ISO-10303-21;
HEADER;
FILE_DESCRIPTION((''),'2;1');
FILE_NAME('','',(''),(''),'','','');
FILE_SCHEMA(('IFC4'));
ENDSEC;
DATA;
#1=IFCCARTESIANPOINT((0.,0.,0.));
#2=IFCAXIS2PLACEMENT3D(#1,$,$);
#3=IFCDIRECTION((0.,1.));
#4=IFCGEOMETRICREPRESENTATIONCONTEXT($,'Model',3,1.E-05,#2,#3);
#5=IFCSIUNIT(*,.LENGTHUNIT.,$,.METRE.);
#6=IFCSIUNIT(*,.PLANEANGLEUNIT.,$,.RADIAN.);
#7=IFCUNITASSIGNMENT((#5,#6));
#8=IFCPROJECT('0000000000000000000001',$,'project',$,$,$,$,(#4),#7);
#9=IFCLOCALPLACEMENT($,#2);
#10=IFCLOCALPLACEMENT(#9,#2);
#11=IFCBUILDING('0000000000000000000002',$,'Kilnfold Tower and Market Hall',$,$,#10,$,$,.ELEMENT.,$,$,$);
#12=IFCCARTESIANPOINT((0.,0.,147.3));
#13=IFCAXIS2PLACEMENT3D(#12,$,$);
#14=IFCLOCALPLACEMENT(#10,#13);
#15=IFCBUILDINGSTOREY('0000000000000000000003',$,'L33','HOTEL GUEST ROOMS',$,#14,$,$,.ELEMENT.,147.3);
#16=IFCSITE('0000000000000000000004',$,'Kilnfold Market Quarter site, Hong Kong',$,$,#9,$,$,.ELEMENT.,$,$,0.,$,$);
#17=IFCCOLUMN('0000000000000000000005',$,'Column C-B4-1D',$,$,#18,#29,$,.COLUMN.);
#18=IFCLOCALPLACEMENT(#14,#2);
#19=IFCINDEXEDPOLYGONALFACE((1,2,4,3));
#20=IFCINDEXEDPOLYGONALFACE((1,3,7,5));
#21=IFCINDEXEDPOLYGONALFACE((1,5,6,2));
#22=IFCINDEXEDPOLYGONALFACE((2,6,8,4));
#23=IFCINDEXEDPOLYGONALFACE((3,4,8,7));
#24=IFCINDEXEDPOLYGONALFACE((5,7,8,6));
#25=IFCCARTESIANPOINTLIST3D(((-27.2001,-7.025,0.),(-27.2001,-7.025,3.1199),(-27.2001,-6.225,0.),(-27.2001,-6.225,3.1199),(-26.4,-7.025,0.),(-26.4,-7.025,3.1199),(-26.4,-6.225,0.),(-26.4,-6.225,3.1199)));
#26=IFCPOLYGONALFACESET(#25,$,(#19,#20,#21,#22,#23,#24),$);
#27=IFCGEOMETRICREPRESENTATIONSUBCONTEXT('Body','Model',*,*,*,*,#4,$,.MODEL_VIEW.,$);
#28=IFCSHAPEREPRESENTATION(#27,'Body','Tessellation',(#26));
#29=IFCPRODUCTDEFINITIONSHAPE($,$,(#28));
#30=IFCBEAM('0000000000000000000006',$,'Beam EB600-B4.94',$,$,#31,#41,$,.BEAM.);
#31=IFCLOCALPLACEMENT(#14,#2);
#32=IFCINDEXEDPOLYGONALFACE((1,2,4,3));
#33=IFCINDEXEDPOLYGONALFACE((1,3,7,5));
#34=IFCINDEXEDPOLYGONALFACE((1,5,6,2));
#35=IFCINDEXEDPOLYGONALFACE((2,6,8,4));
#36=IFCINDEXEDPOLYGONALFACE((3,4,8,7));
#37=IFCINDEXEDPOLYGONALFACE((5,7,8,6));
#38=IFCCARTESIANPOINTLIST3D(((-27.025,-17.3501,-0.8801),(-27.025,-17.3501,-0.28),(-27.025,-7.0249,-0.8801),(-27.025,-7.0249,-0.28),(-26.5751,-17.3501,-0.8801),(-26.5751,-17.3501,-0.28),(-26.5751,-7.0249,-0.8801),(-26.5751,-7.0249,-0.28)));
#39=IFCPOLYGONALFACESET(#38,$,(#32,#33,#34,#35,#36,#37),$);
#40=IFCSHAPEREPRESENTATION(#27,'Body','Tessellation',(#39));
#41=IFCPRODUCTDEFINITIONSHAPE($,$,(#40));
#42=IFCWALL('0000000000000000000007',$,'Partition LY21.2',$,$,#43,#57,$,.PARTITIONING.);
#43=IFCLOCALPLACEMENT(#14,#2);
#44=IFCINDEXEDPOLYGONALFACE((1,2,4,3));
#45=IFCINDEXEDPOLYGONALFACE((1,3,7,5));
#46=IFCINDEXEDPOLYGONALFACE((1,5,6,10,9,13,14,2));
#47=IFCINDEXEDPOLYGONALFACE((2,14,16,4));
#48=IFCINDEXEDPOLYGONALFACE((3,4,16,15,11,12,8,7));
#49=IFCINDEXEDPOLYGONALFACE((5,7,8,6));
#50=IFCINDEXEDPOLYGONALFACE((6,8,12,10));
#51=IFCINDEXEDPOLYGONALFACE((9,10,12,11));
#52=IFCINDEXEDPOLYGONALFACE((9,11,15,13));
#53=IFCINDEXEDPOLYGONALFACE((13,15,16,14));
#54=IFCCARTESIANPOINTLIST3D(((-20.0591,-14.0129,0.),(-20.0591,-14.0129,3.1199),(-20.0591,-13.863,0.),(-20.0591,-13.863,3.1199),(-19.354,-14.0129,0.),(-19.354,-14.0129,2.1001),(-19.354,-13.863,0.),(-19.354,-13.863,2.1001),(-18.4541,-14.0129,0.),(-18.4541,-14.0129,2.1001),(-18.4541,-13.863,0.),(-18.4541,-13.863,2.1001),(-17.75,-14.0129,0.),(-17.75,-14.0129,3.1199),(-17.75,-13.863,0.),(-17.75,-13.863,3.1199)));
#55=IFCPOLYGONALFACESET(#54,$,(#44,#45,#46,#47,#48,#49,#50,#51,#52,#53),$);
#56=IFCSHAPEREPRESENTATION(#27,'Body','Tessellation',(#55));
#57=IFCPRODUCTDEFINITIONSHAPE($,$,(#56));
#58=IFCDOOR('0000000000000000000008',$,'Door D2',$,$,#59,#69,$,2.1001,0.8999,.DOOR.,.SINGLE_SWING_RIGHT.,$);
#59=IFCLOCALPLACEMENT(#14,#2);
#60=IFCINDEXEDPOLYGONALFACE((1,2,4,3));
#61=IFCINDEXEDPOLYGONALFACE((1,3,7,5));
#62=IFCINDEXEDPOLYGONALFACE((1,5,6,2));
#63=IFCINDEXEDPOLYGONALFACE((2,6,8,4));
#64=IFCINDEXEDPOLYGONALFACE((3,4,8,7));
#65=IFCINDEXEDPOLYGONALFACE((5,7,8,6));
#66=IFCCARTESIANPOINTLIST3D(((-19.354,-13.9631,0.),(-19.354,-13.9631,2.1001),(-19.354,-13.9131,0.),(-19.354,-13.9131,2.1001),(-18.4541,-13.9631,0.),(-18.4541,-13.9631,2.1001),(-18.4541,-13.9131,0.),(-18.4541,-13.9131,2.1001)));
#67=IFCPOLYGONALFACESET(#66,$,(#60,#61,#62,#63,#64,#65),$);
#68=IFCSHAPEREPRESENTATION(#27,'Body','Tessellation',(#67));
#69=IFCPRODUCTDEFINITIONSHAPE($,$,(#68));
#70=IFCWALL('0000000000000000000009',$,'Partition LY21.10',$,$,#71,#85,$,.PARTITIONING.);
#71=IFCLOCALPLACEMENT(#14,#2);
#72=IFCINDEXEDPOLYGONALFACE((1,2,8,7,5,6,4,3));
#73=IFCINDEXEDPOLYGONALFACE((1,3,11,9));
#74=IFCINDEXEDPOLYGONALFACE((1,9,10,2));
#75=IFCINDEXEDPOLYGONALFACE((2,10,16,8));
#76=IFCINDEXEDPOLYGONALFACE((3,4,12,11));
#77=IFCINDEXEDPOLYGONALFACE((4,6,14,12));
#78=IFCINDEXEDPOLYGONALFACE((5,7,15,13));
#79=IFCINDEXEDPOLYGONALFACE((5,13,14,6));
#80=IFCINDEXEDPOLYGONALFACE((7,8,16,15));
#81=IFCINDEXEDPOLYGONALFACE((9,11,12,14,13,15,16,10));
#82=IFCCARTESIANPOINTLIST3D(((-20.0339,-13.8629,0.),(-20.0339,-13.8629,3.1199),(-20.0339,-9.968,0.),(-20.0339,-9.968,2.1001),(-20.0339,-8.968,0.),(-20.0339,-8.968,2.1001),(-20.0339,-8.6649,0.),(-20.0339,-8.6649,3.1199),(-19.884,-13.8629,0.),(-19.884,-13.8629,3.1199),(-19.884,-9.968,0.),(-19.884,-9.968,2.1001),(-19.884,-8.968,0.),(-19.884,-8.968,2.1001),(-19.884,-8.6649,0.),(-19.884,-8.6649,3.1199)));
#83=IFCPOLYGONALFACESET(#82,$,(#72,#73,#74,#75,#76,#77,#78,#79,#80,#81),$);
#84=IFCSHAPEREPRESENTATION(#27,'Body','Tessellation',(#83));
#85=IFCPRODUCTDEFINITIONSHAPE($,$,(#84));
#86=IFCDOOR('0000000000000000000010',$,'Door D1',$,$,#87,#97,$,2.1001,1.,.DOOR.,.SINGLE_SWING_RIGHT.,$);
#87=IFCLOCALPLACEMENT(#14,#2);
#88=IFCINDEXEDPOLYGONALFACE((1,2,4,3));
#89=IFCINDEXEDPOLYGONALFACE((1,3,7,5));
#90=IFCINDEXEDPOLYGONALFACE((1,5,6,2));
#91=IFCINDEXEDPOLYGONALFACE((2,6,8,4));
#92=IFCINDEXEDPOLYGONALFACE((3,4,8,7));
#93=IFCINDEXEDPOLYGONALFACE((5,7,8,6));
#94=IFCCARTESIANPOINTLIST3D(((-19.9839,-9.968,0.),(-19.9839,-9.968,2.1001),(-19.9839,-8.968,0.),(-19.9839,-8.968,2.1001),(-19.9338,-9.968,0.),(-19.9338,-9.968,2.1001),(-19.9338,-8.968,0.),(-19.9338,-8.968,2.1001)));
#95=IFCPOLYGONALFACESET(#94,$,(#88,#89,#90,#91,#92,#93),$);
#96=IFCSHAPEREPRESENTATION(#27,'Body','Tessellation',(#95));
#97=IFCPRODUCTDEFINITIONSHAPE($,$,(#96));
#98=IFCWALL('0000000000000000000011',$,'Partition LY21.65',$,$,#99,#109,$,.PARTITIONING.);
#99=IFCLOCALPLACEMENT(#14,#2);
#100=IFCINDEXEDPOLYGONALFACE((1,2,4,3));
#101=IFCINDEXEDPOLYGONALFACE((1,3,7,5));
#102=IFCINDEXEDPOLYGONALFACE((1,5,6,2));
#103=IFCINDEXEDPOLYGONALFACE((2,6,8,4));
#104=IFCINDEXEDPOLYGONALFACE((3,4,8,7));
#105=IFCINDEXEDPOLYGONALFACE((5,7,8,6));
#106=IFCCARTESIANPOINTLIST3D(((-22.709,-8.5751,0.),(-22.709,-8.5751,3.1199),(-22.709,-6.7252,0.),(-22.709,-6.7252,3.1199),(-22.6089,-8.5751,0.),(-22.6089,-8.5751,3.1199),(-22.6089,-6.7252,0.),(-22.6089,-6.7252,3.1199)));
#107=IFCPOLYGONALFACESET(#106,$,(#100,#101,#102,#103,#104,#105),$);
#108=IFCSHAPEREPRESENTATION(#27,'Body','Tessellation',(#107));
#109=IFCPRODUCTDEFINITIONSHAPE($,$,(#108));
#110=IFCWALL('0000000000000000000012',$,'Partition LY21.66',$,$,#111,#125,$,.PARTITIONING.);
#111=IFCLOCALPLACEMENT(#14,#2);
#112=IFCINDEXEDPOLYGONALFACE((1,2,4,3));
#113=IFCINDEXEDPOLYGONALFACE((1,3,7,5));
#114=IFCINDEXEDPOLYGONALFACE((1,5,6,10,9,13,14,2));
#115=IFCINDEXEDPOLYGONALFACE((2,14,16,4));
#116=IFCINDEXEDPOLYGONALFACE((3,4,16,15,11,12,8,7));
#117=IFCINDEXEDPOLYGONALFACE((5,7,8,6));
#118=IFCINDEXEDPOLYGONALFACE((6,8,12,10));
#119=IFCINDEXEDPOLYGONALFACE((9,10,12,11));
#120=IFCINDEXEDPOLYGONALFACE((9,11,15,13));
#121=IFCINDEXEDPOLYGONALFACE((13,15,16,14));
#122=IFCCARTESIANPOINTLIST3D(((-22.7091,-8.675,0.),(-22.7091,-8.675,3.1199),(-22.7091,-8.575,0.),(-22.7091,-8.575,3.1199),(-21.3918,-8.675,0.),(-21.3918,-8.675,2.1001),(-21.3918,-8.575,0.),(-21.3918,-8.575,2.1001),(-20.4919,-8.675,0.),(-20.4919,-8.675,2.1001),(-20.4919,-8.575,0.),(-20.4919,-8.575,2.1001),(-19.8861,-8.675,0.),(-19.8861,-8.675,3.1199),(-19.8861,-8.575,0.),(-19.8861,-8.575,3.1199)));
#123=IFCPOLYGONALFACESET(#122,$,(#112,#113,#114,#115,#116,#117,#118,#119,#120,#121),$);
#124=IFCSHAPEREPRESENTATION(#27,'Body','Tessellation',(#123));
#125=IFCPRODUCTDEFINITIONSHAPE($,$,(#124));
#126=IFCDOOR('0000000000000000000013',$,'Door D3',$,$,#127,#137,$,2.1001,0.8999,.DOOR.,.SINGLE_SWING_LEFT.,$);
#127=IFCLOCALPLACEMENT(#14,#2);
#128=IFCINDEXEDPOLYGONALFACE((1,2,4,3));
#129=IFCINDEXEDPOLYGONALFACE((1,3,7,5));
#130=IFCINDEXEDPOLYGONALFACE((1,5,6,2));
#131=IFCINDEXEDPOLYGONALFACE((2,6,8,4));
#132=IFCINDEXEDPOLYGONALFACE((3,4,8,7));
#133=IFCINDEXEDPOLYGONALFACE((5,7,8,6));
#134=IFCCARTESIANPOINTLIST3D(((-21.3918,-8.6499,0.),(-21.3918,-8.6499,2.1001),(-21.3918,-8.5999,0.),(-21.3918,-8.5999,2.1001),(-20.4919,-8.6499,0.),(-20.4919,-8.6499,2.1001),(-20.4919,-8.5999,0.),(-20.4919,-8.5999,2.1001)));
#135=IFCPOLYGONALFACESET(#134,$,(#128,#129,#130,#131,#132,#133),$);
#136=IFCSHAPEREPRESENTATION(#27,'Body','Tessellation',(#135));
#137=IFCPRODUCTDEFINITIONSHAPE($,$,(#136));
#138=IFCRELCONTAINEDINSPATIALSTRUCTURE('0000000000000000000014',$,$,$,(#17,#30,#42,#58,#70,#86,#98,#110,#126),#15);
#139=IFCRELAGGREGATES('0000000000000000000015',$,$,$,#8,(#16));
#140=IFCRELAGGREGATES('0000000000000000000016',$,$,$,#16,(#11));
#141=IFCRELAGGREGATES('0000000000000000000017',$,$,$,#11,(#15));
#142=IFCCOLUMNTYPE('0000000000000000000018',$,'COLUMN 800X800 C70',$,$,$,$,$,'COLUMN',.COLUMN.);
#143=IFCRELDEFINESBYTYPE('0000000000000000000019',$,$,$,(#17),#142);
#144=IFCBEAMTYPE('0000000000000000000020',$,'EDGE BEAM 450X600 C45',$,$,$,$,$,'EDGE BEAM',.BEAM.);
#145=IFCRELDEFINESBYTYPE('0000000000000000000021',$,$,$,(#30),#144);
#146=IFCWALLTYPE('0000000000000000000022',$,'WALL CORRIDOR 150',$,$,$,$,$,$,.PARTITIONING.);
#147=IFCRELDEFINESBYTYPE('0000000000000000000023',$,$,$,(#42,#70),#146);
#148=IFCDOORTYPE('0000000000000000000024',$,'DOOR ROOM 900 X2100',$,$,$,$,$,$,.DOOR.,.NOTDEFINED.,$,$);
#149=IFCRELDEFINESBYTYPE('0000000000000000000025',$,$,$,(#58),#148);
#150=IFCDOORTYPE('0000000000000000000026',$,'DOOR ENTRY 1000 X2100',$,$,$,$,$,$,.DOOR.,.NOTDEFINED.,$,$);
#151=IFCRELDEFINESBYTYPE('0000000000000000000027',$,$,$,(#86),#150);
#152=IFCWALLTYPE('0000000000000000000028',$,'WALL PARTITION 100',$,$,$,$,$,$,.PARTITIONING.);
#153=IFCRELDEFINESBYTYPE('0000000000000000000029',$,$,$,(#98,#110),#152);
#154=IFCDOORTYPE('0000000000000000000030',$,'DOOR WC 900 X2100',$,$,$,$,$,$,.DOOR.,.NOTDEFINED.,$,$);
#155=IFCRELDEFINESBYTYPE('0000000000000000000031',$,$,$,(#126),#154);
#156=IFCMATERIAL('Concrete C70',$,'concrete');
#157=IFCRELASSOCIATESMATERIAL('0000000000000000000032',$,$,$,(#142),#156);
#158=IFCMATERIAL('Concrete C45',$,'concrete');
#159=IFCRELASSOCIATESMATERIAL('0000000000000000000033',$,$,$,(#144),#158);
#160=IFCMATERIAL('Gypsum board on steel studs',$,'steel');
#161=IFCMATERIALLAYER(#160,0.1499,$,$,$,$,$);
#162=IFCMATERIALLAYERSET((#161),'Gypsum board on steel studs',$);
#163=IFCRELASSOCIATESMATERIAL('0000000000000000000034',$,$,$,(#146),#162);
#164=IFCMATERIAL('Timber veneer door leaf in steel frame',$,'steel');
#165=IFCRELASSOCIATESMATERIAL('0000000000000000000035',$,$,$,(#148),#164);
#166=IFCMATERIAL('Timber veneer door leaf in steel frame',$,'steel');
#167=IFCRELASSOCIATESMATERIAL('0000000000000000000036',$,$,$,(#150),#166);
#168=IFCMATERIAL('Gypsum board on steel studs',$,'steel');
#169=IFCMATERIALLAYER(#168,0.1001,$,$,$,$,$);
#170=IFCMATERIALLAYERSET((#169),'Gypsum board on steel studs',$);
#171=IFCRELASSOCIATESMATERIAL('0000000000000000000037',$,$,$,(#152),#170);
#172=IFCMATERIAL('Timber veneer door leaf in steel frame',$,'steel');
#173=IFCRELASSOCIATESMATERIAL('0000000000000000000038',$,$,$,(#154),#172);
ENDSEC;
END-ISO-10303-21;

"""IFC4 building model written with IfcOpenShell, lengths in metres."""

from ifc_helpers import new_model, si_unit, direction, frame, frame_2d, origin, origin_2d, place, context, subcontext, project, spatial, rectangle, extrude, source, transform, mapped, material, layer, layer_set, material_profile, profile_set, type_object, element, fill, save


model = new_model("IFC4")

# Units and contexts
model_context = context("Model", 3, precision=1e-05, world=origin(), true_north=direction((0.0, 1.0)))
body_context = subcontext(model_context, "Body", "Model", "MODEL_VIEW")
ifc_project = project(units=[si_unit("LENGTHUNIT", "METRE"), si_unit("PLANEANGLEUNIT", "RADIAN")], contexts=[model_context])

# Site, building, storey
site_placement = place(None, origin())
site = spatial("IfcSite", under=ifc_project, at=site_placement, Name="Kilnfold Market Quarter site, Hong Kong", CompositionType="ELEMENT", RefElevation=0.0)
building_placement = place(site_placement, origin())
building = spatial("IfcBuilding", under=site, at=building_placement, Name="Kilnfold Tower and Market Hall", CompositionType="ELEMENT")
storey_placement = place(building_placement, frame((0.0, 0.0, 147.3)))
storey = spatial("IfcBuildingStorey", under=building, at=storey_placement, Name="L33", Description="HOTEL GUEST ROOMS", CompositionType="ELEMENT", Elevation=147.3)

# Column
ifc_material_1 = material(Name="Concrete C70", Category="concrete")
ifc_material_profile_1 = material_profile(ifc_material_1, rectangle(XDim=0.8, YDim=0.8, at=origin_2d()), Name="RC 800x800")
ifc_profile_set_1 = profile_set([ifc_material_profile_1], Name="Concrete C70")
column_type = type_object("IfcColumnType", Name="COLUMN 800X800 C70", ElementType="COLUMN", PredefinedType="COLUMN", material=ifc_profile_set_1)
shared_shape_1 = source(origin(), body_context, "Body", "SweptSolid", [
    extrude(rectangle(XDim=0.8, YDim=0.8, at=origin_2d()), origin(), (0.0, 0.0, 1.0), 3.1199),
])
column_placement = place(storey_placement, frame((-26.8, -6.625, 0.0), z_axis=(0.0, 0.0, 1.0), x_axis=(1.0, 0.0, 0.0)))
element("IfcColumn", 1, at=column_placement, inside=storey, type_object=column_type, Name="Column C-B4-1D", PredefinedType="COLUMN", context=body_context, shape_type="MappedRepresentation", body=[
    mapped(shared_shape_1, transform((0.0, 0.0, 0.0))),
])

# Beam
ifc_material_2 = material(Name="Concrete C45", Category="concrete")
ifc_material_profile_2 = material_profile(ifc_material_2, rectangle(XDim=0.45, YDim=0.6001, at=origin_2d()), Name="RC 450x600")
ifc_profile_set_2 = profile_set([ifc_material_profile_2], Name="Concrete C45")
beam_type = type_object("IfcBeamType", Name="EDGE BEAM 450X600 C45", ElementType="EDGE BEAM", PredefinedType="BEAM", material=ifc_profile_set_2)
shared_shape_2 = source(origin(), body_context, "Body", "SweptSolid", [
    extrude(rectangle(XDim=0.45, YDim=0.6001, at=origin_2d()), origin(), (0.0, 0.0, 1.0), 10.3252),
])
beam_placement = place(storey_placement, frame((-26.8, -17.3501, -0.5801), z_axis=(0.0, 1.0, 0.0), x_axis=(-1.0, 0.0, 0.0)))
element("IfcBeam", 2, at=beam_placement, inside=storey, type_object=beam_type, Name="Beam EB600-B4.94", PredefinedType="BEAM", context=body_context, shape_type="MappedRepresentation", body=[
    mapped(shared_shape_2, transform((0.0, 0.0, 0.0))),
])

# Walls, openings, doors
ifc_material_3 = material(Name="Gypsum board on steel studs", Category="steel")
ifc_layer_1 = layer(ifc_material_3, 0.1499)
ifc_layer_set_1 = layer_set([ifc_layer_1], Name="Gypsum board on steel studs")
wall_type_1 = type_object("IfcWallType", Name="WALL CORRIDOR 150", PredefinedType="PARTITIONING", material=ifc_layer_set_1)
wall_1_placement = place(storey_placement, frame((-20.0591, -13.938, 0.0), z_axis=(0.0, 0.0, 1.0), x_axis=(1.0, 0.0, 0.0)))
wall_1 = element("IfcWall", 3, at=wall_1_placement, inside=storey, type_object=wall_type_1, Name="Partition LY21.2", PredefinedType="PARTITIONING", context=body_context, shape_type="SweptSolid", body=[
    extrude(rectangle(XDim=2.3091, YDim=0.1499, at=frame_2d((1.1545, 0.0))), origin(), (0.0, 0.0, 1.0), 3.1199),
])
opening_1_placement = place(wall_1_placement, frame((0.7051, 0.0, 0.0)))
opening_1 = element("IfcOpeningElement", 4, at=opening_1_placement, cuts=wall_1, PredefinedType="OPENING", context=body_context, shape_type="SweptSolid", body=[
    extrude(rectangle(XDim=0.8999, YDim=2.1001, at=frame_2d((0.45, 1.05))), frame((0.0, 0.085, 0.0), z_axis=(0.0, -1.0, 0.0), x_axis=(1.0, 0.0, 0.0)), (0.0, 0.0, 1.0), 0.1699),
])
ifc_material_4 = material(Name="Timber veneer door leaf in steel frame", Category="steel")
door_type_1 = type_object("IfcDoorType", Name="DOOR ROOM 900 X2100", OperationType="NOTDEFINED", PredefinedType="DOOR", material=ifc_material_4)
door_1_placement = place(opening_1_placement, origin())
door_1 = element("IfcDoor", 5, at=door_1_placement, inside=storey, type_object=door_type_1, Name="Door D2", OperationType="SINGLE_SWING_RIGHT", OverallHeight=2.1001, OverallWidth=0.8999, PredefinedType="DOOR", context=body_context, shape_type="SweptSolid", body=[
    extrude(rectangle(XDim=0.8999, YDim=2.1001, at=frame_2d((0.45, 1.05))), frame((0.0, 0.0249, 0.0), z_axis=(0.0, -1.0, 0.0), x_axis=(1.0, 0.0, 0.0)), (0.0, 0.0, 1.0), 0.05),
])
fill(opening_1, door_1)
wall_2_placement = place(storey_placement, frame((-19.959, -13.863, 0.0), z_axis=(0.0, 0.0, 1.0), x_axis=(0.0, 1.0, 0.0)))
wall_2 = element("IfcWall", 6, at=wall_2_placement, inside=storey, type_object=wall_type_1, Name="Partition LY21.10", PredefinedType="PARTITIONING", context=body_context, shape_type="SweptSolid", body=[
    extrude(rectangle(XDim=5.198, YDim=0.1499, at=frame_2d((2.5991, 0.0))), origin(), (0.0, 0.0, 1.0), 3.1199),
])
opening_2_placement = place(wall_2_placement, frame((3.895, 0.0, 0.0)))
opening_2 = element("IfcOpeningElement", 7, at=opening_2_placement, cuts=wall_2, PredefinedType="OPENING", context=body_context, shape_type="SweptSolid", body=[
    extrude(rectangle(XDim=1.0, YDim=2.1001, at=frame_2d((0.5, 1.05))), frame((0.0, 0.085, 0.0), z_axis=(0.0, -1.0, 0.0), x_axis=(1.0, 0.0, 0.0)), (0.0, 0.0, 1.0), 0.1699),
])
ifc_material_5 = material(Name="Timber veneer door leaf in steel frame", Category="steel")
door_type_2 = type_object("IfcDoorType", Name="DOOR ENTRY 1000 X2100", OperationType="NOTDEFINED", PredefinedType="DOOR", material=ifc_material_5)
door_2_placement = place(opening_2_placement, origin())
door_2 = element("IfcDoor", 8, at=door_2_placement, inside=storey, type_object=door_type_2, Name="Door D1", OperationType="SINGLE_SWING_RIGHT", OverallHeight=2.1001, OverallWidth=1.0, PredefinedType="DOOR", context=body_context, shape_type="SweptSolid", body=[
    extrude(rectangle(XDim=1.0, YDim=2.1001, at=frame_2d((0.5, 1.05))), frame((0.0, 0.0249, 0.0), z_axis=(0.0, -1.0, 0.0), x_axis=(1.0, 0.0, 0.0)), (0.0, 0.0, 1.0), 0.05),
])
fill(opening_2, door_2)

# Wall
ifc_material_6 = material(Name="Gypsum board on steel studs", Category="steel")
ifc_layer_2 = layer(ifc_material_6, 0.1001)
ifc_layer_set_2 = layer_set([ifc_layer_2], Name="Gypsum board on steel studs")
wall_type_2 = type_object("IfcWallType", Name="WALL PARTITION 100", PredefinedType="PARTITIONING", material=ifc_layer_set_2)
wall_3_placement = place(storey_placement, frame((-22.6589, -8.575, 0.0), z_axis=(0.0, 0.0, 1.0), x_axis=(0.0, 1.0, 0.0)))
element("IfcWall", 9, at=wall_3_placement, inside=storey, type_object=wall_type_2, Name="Partition LY21.65", PredefinedType="PARTITIONING", context=body_context, shape_type="SweptSolid", body=[
    extrude(rectangle(XDim=1.8499, YDim=0.1001, at=frame_2d((0.9248, 0.0))), origin(), (0.0, 0.0, 1.0), 3.1199),
])

# Wall, opening, door
wall_4_placement = place(storey_placement, frame((-19.886, -8.625, 0.0), z_axis=(0.0, 0.0, 1.0), x_axis=(-1.0, 0.0, 0.0)))
wall_4 = element("IfcWall", 10, at=wall_4_placement, inside=storey, type_object=wall_type_2, Name="Partition LY21.66", PredefinedType="PARTITIONING", context=body_context, shape_type="SweptSolid", body=[
    extrude(rectangle(XDim=2.823, YDim=0.1001, at=frame_2d((1.4116, 0.0))), origin(), (0.0, 0.0, 1.0), 3.1199),
])
opening_3_placement = place(wall_4_placement, frame((0.606, 0.0, 0.0)))
opening_3 = element("IfcOpeningElement", 11, at=opening_3_placement, cuts=wall_4, PredefinedType="OPENING", context=body_context, shape_type="SweptSolid", body=[
    extrude(rectangle(XDim=0.8999, YDim=2.1001, at=frame_2d((0.45, 1.05))), frame((0.0, 0.0601, 0.0), z_axis=(0.0, -1.0, 0.0), x_axis=(1.0, 0.0, 0.0)), (0.0, 0.0, 1.0), 0.1201),
])
ifc_material_7 = material(Name="Timber veneer door leaf in steel frame", Category="steel")
door_type_3 = type_object("IfcDoorType", Name="DOOR WC 900 X2100", OperationType="NOTDEFINED", PredefinedType="DOOR", material=ifc_material_7)
door_3_placement = place(opening_3_placement, origin())
door_3 = element("IfcDoor", 12, at=door_3_placement, inside=storey, type_object=door_type_3, Name="Door D3", OperationType="SINGLE_SWING_LEFT", OverallHeight=2.1001, OverallWidth=0.8999, PredefinedType="DOOR", context=body_context, shape_type="SweptSolid", body=[
    extrude(rectangle(XDim=0.8999, YDim=2.1001, at=frame_2d((0.45, 1.05))), frame((0.0, 0.0249, 0.0), z_axis=(0.0, -1.0, 0.0), x_axis=(1.0, 0.0, 0.0)), (0.0, 0.0, 1.0), 0.05),
])
fill(opening_3, door_3)

save(model, "model.ifc")
